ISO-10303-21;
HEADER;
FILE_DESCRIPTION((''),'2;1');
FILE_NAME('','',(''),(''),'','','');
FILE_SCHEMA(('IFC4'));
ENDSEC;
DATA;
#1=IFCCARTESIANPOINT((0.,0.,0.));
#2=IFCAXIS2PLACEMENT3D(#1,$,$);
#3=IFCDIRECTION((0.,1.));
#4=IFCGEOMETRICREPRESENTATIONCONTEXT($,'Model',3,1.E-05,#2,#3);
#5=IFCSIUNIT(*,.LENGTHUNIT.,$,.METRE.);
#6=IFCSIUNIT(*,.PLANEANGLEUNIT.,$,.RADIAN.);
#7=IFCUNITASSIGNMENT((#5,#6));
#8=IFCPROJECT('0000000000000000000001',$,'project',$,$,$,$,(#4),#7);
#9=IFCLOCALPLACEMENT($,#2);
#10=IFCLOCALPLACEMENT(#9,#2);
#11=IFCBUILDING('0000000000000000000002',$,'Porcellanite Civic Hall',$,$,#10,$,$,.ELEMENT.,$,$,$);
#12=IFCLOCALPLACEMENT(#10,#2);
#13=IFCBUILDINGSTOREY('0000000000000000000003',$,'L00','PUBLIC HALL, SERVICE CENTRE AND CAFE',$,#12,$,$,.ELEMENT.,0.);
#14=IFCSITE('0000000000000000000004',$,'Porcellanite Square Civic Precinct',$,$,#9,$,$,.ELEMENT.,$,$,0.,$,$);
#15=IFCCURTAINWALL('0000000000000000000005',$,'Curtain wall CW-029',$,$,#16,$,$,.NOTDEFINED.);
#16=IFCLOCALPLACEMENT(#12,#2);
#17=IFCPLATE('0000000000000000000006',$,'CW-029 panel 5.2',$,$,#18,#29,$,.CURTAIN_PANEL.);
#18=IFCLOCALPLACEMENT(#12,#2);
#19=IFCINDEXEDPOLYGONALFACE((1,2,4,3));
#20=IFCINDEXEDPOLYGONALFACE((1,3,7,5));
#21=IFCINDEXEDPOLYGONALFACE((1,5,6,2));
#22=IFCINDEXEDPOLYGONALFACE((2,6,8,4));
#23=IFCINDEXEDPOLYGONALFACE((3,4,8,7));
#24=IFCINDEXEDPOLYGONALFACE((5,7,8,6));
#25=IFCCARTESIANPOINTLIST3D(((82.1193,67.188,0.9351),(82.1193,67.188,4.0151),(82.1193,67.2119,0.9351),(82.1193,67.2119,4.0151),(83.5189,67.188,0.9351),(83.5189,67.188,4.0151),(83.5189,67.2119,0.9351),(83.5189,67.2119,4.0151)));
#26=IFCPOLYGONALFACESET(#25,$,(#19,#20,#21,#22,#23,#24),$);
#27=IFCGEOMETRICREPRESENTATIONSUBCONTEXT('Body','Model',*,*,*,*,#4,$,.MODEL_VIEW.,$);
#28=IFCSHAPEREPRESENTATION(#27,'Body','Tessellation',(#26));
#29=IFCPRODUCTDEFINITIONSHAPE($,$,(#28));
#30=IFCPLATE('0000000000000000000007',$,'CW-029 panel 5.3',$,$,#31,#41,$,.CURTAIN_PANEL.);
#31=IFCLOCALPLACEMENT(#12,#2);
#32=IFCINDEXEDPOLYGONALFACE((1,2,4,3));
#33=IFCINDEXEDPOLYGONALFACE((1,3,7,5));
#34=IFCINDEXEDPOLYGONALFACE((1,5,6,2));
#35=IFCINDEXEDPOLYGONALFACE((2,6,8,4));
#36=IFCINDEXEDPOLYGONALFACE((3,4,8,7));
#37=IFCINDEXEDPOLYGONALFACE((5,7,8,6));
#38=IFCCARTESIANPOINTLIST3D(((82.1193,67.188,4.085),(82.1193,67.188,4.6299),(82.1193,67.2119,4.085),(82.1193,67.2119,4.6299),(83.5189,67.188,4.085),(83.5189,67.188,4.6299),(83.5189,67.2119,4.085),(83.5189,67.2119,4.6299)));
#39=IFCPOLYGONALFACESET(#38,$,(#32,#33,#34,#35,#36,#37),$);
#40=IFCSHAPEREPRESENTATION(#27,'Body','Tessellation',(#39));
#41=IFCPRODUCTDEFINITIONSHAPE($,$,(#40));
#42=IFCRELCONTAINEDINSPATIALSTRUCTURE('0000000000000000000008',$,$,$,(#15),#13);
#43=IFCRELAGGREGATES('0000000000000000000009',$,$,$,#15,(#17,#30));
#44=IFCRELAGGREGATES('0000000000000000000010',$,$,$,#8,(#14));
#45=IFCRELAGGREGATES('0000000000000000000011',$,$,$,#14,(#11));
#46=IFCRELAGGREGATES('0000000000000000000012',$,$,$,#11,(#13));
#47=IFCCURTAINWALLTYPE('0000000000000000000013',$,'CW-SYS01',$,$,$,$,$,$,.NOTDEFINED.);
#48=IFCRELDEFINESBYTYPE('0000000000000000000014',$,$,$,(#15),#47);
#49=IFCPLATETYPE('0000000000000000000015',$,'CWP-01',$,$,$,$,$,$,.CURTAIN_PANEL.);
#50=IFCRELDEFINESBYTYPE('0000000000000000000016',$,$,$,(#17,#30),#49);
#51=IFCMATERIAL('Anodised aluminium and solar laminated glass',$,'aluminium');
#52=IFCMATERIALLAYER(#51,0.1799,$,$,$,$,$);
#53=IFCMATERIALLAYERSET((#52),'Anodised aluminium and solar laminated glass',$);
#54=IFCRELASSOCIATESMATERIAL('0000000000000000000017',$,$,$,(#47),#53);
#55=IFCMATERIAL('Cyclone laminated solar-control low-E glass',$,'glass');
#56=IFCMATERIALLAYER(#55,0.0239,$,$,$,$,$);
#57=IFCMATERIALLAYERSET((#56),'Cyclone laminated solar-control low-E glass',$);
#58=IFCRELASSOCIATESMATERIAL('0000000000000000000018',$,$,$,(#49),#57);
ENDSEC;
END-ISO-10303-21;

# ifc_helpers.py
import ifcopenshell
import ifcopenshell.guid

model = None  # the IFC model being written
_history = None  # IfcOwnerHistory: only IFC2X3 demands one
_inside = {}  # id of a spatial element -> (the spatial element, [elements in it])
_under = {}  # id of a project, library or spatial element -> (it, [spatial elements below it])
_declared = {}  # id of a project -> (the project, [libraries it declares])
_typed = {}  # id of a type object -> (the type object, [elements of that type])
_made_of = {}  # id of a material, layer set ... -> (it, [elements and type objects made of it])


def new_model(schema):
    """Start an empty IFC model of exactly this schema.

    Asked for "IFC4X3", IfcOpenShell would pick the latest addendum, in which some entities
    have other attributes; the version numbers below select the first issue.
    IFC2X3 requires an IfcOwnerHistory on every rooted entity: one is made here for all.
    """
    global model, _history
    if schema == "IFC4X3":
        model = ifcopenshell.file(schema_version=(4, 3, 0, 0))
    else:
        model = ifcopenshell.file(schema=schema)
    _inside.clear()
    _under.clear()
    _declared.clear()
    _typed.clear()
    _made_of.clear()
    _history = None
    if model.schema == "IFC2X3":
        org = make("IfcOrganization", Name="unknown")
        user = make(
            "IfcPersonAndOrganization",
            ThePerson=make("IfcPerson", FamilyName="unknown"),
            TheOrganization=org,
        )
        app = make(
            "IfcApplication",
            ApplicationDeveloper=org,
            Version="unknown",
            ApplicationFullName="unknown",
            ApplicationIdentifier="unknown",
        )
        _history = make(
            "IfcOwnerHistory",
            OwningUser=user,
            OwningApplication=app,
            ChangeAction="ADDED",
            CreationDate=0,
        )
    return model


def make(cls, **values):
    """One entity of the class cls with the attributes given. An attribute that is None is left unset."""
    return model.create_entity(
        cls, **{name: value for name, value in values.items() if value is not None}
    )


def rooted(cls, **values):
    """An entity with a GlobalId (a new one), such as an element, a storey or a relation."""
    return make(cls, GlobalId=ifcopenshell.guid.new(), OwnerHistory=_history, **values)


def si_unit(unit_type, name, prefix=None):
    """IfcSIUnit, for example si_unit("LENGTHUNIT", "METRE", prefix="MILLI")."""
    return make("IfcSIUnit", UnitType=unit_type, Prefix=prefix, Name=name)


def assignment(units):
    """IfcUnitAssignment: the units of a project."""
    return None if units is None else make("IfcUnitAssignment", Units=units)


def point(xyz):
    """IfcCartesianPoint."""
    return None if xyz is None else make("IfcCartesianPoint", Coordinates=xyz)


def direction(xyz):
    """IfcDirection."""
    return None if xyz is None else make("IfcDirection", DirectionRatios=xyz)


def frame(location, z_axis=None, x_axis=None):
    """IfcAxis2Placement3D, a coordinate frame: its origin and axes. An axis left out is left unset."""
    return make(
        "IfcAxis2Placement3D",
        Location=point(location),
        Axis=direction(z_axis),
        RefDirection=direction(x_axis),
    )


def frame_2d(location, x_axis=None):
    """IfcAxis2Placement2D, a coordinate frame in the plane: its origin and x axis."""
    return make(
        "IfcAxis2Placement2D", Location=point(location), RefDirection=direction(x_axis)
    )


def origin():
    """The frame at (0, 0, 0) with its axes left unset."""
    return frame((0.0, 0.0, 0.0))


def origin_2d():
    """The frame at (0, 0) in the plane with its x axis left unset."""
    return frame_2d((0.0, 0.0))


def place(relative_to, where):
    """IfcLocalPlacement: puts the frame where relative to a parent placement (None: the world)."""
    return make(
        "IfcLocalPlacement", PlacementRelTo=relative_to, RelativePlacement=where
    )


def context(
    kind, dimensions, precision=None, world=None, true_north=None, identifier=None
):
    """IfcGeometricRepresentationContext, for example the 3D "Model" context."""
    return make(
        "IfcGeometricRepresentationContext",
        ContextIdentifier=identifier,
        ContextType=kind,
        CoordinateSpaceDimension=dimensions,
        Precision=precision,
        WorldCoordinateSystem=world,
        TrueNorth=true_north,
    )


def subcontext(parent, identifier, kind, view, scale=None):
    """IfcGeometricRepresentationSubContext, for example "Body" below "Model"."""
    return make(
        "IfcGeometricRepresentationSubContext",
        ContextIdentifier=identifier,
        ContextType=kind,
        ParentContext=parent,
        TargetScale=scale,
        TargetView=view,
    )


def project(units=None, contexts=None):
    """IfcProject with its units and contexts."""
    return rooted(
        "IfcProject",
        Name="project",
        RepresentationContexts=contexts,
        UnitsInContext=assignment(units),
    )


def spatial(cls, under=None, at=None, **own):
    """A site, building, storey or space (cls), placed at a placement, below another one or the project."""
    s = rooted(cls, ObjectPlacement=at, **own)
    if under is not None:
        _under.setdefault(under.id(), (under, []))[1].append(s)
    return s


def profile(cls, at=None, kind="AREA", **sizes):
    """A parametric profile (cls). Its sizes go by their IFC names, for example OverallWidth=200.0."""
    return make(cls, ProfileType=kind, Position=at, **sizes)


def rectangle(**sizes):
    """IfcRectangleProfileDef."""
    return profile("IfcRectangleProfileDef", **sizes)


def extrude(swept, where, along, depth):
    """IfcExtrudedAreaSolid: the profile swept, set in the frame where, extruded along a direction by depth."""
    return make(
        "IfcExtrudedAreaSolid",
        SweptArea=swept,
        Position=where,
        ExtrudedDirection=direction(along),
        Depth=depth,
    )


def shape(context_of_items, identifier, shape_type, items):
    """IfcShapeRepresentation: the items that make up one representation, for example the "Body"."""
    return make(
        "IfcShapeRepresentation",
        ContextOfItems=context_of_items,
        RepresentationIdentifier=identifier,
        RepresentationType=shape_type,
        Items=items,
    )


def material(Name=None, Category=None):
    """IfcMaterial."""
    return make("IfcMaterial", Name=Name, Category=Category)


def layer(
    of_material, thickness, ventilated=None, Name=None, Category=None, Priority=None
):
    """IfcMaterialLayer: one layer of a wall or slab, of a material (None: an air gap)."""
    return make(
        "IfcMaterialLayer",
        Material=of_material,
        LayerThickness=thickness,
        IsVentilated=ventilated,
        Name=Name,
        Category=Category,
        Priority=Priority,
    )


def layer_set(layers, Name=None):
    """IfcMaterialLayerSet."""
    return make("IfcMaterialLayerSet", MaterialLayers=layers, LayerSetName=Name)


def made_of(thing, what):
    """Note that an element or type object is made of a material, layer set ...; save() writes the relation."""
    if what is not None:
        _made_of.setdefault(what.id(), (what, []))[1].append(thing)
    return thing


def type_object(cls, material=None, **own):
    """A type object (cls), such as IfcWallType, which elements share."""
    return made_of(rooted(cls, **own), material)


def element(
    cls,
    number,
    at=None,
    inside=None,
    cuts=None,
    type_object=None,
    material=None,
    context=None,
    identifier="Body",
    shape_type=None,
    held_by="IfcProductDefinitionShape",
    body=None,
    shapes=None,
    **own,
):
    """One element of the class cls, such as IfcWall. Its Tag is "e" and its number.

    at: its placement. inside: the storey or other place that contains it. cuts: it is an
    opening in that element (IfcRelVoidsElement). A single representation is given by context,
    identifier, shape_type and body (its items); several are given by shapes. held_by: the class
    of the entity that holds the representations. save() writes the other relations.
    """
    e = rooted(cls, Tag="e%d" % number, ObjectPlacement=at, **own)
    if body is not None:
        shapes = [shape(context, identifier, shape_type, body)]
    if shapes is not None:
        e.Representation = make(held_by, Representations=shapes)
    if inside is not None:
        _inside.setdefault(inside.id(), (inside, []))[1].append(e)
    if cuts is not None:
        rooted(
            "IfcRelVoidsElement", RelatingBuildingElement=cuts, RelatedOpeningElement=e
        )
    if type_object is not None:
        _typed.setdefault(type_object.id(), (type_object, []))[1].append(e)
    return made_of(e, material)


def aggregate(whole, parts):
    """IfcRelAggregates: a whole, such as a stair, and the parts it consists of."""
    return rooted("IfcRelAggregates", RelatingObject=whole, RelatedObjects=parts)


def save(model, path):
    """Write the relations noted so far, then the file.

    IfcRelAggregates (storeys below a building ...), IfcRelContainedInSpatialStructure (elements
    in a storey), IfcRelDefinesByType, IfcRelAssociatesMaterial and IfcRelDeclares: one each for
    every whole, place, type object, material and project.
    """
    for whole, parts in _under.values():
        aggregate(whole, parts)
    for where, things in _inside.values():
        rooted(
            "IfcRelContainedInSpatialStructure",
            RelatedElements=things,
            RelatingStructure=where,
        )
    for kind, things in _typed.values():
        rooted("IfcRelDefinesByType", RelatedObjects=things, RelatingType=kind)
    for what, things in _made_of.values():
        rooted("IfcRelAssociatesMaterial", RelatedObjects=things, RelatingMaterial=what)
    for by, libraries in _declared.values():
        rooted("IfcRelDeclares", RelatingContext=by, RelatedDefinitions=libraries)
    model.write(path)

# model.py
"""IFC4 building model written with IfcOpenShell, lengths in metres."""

from ifc_helpers import new_model, si_unit, direction, frame, origin, origin_2d, place, context, subcontext, project, spatial, rectangle, extrude, material, layer, layer_set, type_object, element, aggregate, save


model = new_model("IFC4")

# Units and contexts
model_context = context("Model", 3, precision=1e-05, world=origin(), true_north=direction((0.0, 1.0)))
body_context = subcontext(model_context, "Body", "Model", "MODEL_VIEW")
ifc_project = project(units=[si_unit("LENGTHUNIT", "METRE"), si_unit("PLANEANGLEUNIT", "RADIAN")], contexts=[model_context])

# Site, building, storey
site_placement = place(None, origin())
site = spatial("IfcSite", under=ifc_project, at=site_placement, Name="Porcellanite Square Civic Precinct", CompositionType="ELEMENT", RefElevation=0.0)
building_placement = place(site_placement, origin())
building = spatial("IfcBuilding", under=site, at=building_placement, Name="Porcellanite Civic Hall", CompositionType="ELEMENT")
storey_placement = place(building_placement, origin())
storey = spatial("IfcBuildingStorey", under=building, at=storey_placement, Name="L00", Description="PUBLIC HALL, SERVICE CENTRE AND CAFE", CompositionType="ELEMENT", Elevation=0.0)

# Curtain wall
ifc_material_1 = material(Name="Anodised aluminium and solar laminated glass", Category="aluminium")
ifc_layer_1 = layer(ifc_material_1, 0.1799)
ifc_layer_set_1 = layer_set([ifc_layer_1], Name="Anodised aluminium and solar laminated glass")
curtain_wall_type = type_object("IfcCurtainWallType", Name="CW-SYS01", PredefinedType="NOTDEFINED", material=ifc_layer_set_1)
curtain_wall_placement = place(storey_placement, origin())
curtain_wall = element("IfcCurtainWall", 1, at=curtain_wall_placement, inside=storey, type_object=curtain_wall_type, Name="Curtain wall CW-029", PredefinedType="NOTDEFINED")

# Plates
ifc_material_2 = material(Name="Cyclone laminated solar-control low-E glass", Category="glass")
ifc_layer_2 = layer(ifc_material_2, 0.0239)
ifc_layer_set_2 = layer_set([ifc_layer_2], Name="Cyclone laminated solar-control low-E glass")
plate_type = type_object("IfcPlateType", Name="CWP-01", PredefinedType="CURTAIN_PANEL", material=ifc_layer_set_2)
plate_1_placement = place(storey_placement, frame((82.8191, 67.2, 0.9351), z_axis=(0.0, 0.0, 1.0), x_axis=(1.0, 0.0, 0.0)))
plate_1 = element("IfcPlate", 2, at=plate_1_placement, type_object=plate_type, Name="CW-029 panel 5.2", PredefinedType="CURTAIN_PANEL", context=body_context, shape_type="SweptSolid", body=[
    extrude(rectangle(XDim=1.3997, YDim=0.0239, at=origin_2d()), origin(), (0.0, 0.0, 1.0), 3.0801),
])
plate_2_placement = place(storey_placement, frame((82.8191, 67.2, 4.085), z_axis=(0.0, 0.0, 1.0), x_axis=(1.0, 0.0, 0.0)))
plate_2 = element("IfcPlate", 3, at=plate_2_placement, type_object=plate_type, Name="CW-029 panel 5.3", PredefinedType="CURTAIN_PANEL", context=body_context, shape_type="SweptSolid", body=[
    extrude(rectangle(XDim=1.3997, YDim=0.0239, at=origin_2d()), origin(), (0.0, 0.0, 1.0), 0.5449),
])
aggregate(curtain_wall, [plate_1, plate_2])

save(model, "model.ifc")
